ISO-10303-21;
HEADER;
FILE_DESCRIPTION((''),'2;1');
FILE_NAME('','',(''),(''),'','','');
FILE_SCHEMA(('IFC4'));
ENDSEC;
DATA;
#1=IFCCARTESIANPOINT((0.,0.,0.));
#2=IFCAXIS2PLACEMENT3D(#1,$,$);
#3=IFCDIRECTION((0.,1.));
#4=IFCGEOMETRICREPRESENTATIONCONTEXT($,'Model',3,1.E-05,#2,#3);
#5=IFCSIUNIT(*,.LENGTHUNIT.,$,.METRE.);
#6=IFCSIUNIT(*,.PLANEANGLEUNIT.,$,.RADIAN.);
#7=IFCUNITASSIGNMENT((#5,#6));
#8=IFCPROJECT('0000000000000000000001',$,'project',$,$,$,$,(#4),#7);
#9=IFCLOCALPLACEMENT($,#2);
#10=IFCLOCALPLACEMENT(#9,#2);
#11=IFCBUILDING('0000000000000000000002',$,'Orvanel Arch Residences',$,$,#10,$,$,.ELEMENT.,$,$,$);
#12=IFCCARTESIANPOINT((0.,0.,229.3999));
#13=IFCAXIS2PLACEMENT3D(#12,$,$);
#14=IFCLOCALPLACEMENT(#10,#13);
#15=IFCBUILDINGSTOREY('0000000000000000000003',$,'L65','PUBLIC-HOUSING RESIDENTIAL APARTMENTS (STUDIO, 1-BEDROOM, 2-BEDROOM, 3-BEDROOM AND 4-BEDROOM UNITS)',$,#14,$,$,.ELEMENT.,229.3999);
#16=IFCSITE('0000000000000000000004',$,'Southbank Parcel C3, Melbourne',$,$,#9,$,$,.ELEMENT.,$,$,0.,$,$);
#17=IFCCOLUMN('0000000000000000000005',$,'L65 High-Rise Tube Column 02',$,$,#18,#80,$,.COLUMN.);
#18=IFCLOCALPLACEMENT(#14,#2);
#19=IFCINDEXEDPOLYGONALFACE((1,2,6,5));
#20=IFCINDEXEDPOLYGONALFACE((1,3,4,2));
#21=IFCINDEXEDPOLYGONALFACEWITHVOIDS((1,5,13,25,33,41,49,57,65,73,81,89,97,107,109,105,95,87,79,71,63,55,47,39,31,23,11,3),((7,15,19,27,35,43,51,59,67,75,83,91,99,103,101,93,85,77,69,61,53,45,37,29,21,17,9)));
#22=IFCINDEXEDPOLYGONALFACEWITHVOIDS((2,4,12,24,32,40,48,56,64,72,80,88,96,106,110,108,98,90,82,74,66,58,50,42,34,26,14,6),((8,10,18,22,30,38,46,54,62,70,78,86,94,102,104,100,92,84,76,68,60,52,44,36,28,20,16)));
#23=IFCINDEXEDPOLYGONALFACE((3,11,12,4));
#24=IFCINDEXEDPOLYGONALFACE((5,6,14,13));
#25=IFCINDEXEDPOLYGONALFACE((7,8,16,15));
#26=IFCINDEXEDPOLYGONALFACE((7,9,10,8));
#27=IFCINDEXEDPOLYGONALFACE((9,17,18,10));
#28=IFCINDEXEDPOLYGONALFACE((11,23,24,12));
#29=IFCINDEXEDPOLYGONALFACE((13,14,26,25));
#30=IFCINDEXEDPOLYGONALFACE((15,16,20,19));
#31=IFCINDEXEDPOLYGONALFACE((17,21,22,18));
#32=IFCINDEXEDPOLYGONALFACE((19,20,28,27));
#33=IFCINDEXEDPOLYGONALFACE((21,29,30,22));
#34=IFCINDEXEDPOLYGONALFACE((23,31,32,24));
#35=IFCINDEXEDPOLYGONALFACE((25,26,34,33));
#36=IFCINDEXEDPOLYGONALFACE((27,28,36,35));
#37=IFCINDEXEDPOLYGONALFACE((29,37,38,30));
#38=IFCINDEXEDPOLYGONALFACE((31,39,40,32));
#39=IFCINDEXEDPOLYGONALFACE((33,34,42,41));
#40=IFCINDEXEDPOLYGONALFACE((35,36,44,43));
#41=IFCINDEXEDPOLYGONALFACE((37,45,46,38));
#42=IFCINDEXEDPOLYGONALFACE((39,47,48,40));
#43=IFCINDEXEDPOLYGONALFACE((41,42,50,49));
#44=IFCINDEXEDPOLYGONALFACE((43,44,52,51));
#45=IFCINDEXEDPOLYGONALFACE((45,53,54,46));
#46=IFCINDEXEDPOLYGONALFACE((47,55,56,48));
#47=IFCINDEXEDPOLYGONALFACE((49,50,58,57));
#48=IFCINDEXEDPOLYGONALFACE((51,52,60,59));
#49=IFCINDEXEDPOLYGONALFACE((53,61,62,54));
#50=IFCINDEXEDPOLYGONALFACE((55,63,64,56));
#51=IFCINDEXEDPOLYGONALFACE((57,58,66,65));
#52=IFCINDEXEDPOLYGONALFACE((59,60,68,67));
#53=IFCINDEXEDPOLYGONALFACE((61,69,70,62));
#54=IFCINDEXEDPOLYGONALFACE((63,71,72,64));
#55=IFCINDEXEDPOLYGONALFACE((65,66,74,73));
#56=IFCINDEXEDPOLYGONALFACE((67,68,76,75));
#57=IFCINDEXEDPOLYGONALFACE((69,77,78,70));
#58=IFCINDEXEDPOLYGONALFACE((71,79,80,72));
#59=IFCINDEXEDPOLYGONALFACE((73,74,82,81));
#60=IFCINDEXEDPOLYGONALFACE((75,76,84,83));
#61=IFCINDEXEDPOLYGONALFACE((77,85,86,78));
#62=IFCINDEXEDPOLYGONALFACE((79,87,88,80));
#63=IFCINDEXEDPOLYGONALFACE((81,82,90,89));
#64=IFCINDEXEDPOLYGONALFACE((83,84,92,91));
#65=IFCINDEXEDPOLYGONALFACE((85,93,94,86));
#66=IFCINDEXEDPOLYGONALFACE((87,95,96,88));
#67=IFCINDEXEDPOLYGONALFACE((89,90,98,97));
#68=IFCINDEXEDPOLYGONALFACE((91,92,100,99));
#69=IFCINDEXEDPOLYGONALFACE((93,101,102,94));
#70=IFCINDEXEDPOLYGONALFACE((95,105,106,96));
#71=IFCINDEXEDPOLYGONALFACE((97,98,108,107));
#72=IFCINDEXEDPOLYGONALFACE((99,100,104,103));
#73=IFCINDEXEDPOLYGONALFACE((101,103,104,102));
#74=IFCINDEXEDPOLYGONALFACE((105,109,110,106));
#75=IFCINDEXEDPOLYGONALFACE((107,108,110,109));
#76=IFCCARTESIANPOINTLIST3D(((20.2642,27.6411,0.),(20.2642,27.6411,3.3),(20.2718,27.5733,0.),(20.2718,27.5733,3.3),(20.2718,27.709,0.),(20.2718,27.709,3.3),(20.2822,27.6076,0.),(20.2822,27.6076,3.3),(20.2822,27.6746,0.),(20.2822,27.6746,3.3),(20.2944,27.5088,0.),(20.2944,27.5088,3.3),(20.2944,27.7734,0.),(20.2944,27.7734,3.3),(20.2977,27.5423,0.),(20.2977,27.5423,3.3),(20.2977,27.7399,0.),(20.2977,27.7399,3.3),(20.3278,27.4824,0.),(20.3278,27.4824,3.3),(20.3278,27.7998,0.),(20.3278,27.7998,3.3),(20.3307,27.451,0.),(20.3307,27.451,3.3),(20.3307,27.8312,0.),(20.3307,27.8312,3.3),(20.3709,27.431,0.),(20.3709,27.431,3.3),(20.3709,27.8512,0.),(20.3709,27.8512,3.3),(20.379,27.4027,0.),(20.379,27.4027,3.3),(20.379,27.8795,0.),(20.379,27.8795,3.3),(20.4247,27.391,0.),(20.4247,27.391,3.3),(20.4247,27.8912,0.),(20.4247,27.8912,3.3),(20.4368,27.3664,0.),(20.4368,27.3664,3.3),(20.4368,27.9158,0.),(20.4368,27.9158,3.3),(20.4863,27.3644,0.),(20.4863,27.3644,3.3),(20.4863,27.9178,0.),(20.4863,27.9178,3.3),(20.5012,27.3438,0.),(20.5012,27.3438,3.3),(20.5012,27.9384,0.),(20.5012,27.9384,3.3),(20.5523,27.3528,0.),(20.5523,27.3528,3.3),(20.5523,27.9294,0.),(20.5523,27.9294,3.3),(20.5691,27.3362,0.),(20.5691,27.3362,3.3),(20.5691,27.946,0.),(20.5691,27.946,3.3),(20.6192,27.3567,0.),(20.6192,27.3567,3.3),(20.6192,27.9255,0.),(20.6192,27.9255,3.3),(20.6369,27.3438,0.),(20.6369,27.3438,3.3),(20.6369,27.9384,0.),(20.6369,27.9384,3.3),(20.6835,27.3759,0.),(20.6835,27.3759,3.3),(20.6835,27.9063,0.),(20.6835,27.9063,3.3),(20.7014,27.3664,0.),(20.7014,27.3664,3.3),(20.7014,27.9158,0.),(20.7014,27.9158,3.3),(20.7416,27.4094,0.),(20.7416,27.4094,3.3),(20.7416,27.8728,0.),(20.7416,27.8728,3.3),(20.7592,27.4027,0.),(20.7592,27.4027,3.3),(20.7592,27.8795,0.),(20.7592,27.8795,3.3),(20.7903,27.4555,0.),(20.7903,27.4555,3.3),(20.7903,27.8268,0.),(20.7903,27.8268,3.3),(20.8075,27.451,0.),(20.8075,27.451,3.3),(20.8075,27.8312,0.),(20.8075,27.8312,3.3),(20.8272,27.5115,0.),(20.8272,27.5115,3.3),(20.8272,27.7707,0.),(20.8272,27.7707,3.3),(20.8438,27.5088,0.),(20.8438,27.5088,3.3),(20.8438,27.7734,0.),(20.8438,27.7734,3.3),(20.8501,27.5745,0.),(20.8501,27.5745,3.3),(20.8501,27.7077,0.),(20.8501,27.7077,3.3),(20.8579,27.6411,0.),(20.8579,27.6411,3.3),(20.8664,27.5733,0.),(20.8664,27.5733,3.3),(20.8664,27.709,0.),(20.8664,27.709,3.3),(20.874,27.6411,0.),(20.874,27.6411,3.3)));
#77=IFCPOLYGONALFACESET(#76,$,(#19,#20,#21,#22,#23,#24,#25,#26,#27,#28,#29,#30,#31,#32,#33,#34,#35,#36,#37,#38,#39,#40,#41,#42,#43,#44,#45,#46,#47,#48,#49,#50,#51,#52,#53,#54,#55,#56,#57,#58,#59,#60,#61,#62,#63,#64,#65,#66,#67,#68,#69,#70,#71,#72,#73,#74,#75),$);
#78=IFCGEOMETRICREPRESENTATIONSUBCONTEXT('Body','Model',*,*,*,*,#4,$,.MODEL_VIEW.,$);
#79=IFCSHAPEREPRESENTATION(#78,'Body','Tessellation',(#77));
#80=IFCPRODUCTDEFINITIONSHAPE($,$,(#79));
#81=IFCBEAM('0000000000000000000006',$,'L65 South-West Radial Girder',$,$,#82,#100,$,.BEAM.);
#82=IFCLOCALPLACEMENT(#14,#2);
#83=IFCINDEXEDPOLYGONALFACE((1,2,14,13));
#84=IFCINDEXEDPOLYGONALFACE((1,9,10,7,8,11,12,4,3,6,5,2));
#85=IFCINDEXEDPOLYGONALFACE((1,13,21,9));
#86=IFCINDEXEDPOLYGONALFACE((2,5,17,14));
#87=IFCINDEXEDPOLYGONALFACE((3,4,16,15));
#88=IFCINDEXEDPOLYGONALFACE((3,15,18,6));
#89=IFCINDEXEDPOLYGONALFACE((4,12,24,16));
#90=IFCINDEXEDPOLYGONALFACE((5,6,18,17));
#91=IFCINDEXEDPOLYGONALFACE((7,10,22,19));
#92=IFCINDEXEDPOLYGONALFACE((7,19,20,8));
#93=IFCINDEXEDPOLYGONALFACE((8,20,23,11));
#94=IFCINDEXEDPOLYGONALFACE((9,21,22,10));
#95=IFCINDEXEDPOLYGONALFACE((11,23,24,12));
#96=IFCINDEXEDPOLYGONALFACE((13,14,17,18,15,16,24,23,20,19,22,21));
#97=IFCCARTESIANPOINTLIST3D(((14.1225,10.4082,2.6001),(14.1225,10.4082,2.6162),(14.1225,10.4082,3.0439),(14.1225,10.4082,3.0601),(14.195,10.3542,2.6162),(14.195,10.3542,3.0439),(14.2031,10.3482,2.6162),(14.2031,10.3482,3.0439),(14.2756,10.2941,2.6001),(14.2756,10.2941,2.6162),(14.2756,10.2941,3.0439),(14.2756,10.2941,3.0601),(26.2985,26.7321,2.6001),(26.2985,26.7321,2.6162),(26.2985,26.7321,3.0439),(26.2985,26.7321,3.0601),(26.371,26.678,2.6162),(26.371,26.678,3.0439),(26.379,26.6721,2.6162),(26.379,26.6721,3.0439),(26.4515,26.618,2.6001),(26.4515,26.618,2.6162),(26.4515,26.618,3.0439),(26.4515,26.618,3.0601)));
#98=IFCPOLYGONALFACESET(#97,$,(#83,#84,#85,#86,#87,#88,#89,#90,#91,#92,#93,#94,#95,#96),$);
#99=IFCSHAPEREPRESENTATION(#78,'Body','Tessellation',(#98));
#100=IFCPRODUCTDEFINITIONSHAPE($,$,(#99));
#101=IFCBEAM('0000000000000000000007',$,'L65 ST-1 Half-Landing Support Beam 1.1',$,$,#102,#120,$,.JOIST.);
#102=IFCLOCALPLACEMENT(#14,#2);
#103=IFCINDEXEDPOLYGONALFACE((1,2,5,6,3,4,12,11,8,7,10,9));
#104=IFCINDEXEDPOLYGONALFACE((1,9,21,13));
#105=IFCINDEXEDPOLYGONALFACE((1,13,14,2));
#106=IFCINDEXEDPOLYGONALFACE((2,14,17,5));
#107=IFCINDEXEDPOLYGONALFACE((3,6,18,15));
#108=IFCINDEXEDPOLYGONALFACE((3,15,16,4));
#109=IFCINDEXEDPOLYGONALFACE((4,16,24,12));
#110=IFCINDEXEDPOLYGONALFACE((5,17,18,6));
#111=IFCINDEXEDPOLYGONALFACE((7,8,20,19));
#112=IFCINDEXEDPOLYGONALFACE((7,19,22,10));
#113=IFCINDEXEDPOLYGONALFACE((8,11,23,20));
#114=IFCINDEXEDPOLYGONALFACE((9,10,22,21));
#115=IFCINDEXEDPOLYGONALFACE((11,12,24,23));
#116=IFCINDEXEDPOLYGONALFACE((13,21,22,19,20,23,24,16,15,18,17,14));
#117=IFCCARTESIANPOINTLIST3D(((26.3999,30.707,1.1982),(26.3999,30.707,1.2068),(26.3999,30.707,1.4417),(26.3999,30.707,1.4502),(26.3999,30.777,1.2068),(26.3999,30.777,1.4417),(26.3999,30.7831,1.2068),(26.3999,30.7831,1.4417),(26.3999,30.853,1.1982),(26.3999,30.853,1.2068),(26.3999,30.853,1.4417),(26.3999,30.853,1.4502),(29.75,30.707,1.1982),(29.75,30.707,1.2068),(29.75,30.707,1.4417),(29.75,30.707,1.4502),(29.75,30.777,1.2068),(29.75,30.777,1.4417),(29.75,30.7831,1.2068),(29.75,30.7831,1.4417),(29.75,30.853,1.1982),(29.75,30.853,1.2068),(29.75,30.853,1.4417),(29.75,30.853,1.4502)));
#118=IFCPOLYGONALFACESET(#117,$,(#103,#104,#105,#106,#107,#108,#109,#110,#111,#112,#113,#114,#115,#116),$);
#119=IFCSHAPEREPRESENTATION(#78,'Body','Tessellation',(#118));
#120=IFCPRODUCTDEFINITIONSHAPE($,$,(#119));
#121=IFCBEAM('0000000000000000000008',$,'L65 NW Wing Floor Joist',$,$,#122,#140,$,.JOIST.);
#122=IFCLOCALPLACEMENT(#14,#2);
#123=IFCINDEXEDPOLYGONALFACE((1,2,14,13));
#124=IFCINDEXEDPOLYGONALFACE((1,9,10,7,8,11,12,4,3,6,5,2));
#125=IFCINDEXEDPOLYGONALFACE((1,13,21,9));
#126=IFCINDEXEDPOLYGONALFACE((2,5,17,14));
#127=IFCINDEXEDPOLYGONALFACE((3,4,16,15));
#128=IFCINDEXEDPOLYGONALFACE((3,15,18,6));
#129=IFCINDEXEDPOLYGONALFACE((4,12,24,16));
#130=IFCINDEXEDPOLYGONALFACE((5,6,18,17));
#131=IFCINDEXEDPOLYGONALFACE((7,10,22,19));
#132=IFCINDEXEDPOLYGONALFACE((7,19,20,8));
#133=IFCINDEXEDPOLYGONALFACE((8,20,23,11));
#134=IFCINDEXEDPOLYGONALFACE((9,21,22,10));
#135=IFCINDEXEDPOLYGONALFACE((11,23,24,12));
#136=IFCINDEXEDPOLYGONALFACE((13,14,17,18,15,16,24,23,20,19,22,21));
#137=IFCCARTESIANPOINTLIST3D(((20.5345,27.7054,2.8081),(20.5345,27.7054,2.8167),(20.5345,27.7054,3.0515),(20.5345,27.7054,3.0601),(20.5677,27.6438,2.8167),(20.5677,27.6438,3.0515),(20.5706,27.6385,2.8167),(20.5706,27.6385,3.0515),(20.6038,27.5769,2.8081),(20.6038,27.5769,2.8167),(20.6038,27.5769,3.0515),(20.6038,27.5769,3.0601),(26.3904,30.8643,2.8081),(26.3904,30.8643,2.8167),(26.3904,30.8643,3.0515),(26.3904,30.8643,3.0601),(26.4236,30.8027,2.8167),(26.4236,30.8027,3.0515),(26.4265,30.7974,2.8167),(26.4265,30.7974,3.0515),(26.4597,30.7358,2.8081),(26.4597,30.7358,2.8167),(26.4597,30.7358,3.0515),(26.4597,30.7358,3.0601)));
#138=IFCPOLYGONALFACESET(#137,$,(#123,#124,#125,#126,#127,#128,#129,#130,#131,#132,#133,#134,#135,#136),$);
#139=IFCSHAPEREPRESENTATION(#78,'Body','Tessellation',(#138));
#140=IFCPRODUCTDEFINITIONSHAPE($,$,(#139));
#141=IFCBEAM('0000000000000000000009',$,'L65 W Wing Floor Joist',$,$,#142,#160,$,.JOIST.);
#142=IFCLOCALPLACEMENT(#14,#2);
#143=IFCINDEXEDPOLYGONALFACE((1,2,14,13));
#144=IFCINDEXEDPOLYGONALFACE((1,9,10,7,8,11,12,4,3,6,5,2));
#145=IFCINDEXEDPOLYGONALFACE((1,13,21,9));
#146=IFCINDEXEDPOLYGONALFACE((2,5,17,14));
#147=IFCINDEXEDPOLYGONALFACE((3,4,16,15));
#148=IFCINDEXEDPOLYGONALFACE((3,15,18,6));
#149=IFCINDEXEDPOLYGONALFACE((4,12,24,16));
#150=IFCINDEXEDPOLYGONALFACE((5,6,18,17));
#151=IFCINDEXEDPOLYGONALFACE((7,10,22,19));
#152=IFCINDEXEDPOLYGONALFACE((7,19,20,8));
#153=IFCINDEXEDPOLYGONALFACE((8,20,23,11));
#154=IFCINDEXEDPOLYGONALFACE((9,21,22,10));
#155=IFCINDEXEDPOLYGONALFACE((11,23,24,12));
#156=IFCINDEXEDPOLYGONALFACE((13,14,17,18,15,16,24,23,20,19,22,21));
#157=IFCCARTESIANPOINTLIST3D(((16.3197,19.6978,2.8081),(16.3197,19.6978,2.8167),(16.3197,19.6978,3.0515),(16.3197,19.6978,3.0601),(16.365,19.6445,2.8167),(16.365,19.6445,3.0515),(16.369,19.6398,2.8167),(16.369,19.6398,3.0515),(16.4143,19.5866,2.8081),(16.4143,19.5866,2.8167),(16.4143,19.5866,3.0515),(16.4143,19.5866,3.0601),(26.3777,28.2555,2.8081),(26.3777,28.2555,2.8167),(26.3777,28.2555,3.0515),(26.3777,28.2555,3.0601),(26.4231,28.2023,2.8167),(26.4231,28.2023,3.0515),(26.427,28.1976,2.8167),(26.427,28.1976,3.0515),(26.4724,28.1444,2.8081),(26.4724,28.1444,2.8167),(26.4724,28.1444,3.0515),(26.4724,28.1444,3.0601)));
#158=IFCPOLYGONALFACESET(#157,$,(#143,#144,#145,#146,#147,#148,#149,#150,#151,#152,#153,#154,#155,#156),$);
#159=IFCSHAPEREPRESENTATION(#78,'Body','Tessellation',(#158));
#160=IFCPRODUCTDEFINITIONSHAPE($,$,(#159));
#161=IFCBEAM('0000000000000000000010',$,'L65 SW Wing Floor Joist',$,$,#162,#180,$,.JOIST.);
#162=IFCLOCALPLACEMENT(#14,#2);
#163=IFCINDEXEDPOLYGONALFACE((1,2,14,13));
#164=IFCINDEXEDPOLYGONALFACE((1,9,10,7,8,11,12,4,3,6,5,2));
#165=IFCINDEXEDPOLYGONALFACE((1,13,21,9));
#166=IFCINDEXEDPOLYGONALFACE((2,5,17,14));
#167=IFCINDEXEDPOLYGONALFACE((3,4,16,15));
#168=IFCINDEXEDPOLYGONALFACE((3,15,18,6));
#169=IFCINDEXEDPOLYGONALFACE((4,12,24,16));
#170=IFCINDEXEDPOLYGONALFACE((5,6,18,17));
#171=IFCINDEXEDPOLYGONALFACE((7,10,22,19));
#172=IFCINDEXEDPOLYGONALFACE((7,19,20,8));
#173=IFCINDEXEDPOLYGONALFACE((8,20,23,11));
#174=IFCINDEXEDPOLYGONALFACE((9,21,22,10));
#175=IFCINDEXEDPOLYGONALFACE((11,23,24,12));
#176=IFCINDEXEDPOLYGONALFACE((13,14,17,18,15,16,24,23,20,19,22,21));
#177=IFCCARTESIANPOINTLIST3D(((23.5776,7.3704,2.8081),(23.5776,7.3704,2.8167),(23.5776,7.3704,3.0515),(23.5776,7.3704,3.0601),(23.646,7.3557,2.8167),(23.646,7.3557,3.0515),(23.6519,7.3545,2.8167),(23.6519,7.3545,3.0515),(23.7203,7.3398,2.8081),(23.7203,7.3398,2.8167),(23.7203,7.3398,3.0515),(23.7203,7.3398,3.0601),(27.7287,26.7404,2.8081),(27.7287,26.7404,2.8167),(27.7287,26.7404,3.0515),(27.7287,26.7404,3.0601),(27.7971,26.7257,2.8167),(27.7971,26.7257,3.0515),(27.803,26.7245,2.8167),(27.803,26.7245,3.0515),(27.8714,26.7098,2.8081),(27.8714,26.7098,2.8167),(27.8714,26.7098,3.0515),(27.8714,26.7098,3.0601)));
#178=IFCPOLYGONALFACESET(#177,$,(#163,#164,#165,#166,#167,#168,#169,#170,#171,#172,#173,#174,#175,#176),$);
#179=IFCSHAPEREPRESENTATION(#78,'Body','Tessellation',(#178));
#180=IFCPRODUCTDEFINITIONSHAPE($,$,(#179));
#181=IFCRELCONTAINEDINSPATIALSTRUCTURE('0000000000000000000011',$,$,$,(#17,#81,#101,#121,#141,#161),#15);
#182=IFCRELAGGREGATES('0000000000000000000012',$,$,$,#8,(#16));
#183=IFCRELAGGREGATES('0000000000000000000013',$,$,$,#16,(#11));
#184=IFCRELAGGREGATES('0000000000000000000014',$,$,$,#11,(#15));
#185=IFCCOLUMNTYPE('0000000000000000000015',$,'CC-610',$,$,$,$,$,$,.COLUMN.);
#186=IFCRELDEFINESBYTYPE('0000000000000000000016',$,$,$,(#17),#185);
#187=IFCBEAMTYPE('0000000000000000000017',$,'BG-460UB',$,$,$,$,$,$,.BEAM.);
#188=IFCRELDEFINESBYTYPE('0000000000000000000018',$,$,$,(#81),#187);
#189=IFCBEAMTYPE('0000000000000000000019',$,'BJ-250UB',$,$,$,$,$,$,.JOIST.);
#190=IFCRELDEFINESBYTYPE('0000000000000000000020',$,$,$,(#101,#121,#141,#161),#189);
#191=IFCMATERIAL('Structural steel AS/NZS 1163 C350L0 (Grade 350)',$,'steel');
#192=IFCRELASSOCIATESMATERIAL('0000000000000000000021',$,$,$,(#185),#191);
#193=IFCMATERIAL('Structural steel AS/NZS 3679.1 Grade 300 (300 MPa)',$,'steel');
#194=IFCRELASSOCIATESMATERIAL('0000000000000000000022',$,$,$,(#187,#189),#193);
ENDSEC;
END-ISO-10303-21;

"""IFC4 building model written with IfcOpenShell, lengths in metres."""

from ifc_helpers import new_model, si_unit, direction, frame, origin, origin_2d, place, context, subcontext, project, spatial, hollow_circle, i_section, extrude, material, material_profile, profile_set, type_object, element, save


model = new_model("IFC4")

# Units and contexts
model_context = context("Model", 3, precision=1e-05, world=origin(), true_north=direction((0.0, 1.0)))
body_context = subcontext(model_context, "Body", "Model", "MODEL_VIEW")
ifc_project = project(units=[si_unit("LENGTHUNIT", "METRE"), si_unit("PLANEANGLEUNIT", "RADIAN")], contexts=[model_context])

# Site, building, storey
site_placement = place(None, origin())
site = spatial("IfcSite", under=ifc_project, at=site_placement, Name="Southbank Parcel C3, Melbourne", CompositionType="ELEMENT", RefElevation=0.0)
building_placement = place(site_placement, origin())
building = spatial("IfcBuilding", under=site, at=building_placement, Name="Orvanel Arch Residences", CompositionType="ELEMENT")
storey_placement = place(building_placement, frame((0.0, 0.0, 229.3999)))
storey = spatial("IfcBuildingStorey", under=building, at=storey_placement, Name="L65", Description="PUBLIC-HOUSING RESIDENTIAL APARTMENTS (STUDIO, 1-BEDROOM, 2-BEDROOM, 3-BEDROOM AND 4-BEDROOM UNITS)", CompositionType="ELEMENT", Elevation=229.3999)

# Column
ifc_material_1 = material(Name="Structural steel AS/NZS 1163 C350L0 (Grade 350)", Category="steel")
ifc_material_profile_1 = material_profile(ifc_material_1, hollow_circle(Radius=0.3049, WallThickness=0.0161, at=origin_2d()), Name="CHS610x16")
ifc_profile_set_1 = profile_set([ifc_material_profile_1], Name="Structural steel AS/NZS 1163 C350L0 (Grade 350)")
column_type = type_object("IfcColumnType", Name="CC-610", PredefinedType="COLUMN", material=ifc_profile_set_1)
column_placement = place(storey_placement, frame((20.5691, 27.6411, 0.0), z_axis=(0.0, 0.0, 1.0), x_axis=(1.0, 0.0, 0.0)))
element("IfcColumn", 1, at=column_placement, inside=storey, type_object=column_type, Name="L65 High-Rise Tube Column 02", PredefinedType="COLUMN", context=body_context, shape_type="SweptSolid", body=[
    extrude(hollow_circle(Radius=0.3049, WallThickness=0.0161, at=origin_2d()), origin(), (0.0, 0.0, 1.0), 3.3),
])

# Beams
ifc_material_2 = material(Name="Structural steel AS/NZS 3679.1 Grade 300 (300 MPa)", Category="steel")
ifc_material_profile_2 = material_profile(ifc_material_2, i_section(OverallWidth=0.1909, OverallDepth=0.46, WebThickness=0.01, FlangeThickness=0.0161, at=origin_2d()), Name="460UB82.1")
ifc_profile_set_2 = profile_set([ifc_material_profile_2], Name="Structural steel AS/NZS 3679.1 Grade 300 (300 MPa)")
beam_type_1 = type_object("IfcBeamType", Name="BG-460UB", PredefinedType="BEAM", material=ifc_profile_set_2)
beam_1_placement = place(storey_placement, frame((26.375, 26.675, 2.8301), z_axis=(-0.597894, -0.801575, 0.0), x_axis=(0.801575, -0.597894, 0.0)))
element("IfcBeam", 2, at=beam_1_placement, inside=storey, type_object=beam_type_1, Name="L65 South-West Radial Girder", PredefinedType="BEAM", context=body_context, shape_type="SweptSolid", body=[
    extrude(i_section(OverallWidth=0.1909, OverallDepth=0.46, WebThickness=0.01, FlangeThickness=0.0161, at=origin_2d()), origin(), (0.0, 0.0, 1.0), 20.3647),
])
ifc_material_profile_3 = material_profile(ifc_material_2, i_section(OverallWidth=0.146, OverallDepth=0.252, WebThickness=0.0061, FlangeThickness=0.0085, at=origin_2d()), Name="250UB31.4")
ifc_profile_set_3 = profile_set([ifc_material_profile_3], Name="Structural steel AS/NZS 3679.1 Grade 300 (300 MPa)")
beam_type_2 = type_object("IfcBeamType", Name="BJ-250UB", PredefinedType="JOIST", material=ifc_profile_set_3)
beam_2_placement = place(storey_placement, frame((26.3999, 30.78, 1.3242), z_axis=(1.0, 0.0, 0.0), x_axis=(0.0, 1.0, 0.0)))
element("IfcBeam", 3, at=beam_2_placement, inside=storey, type_object=beam_type_2, Name="L65 ST-1 Half-Landing Support Beam 1.1", PredefinedType="JOIST", context=body_context, shape_type="SweptSolid", body=[
    extrude(i_section(OverallWidth=0.146, OverallDepth=0.252, WebThickness=0.0061, FlangeThickness=0.0085, at=origin_2d()), origin(), (0.0, 0.0, 1.0), 3.3501),
])
beam_3_placement = place(storey_placement, frame((26.425, 30.8, 2.9341), z_axis=(-0.880111, -0.474767, 0.0), x_axis=(0.474767, -0.880111, 0.0)))
element("IfcBeam", 4, at=beam_3_placement, inside=storey, type_object=beam_type_2, Name="L65 NW Wing Floor Joist", PredefinedType="JOIST", context=body_context, shape_type="SweptSolid", body=[
    extrude(i_section(OverallWidth=0.146, OverallDepth=0.252, WebThickness=0.0061, FlangeThickness=0.0085, at=origin_2d()), origin(), (0.0, 0.0, 1.0), 6.6536),
])
beam_4_placement = place(storey_placement, frame((26.425, 28.2, 2.9341), z_axis=(-0.761623, -0.648021, 0.0), x_axis=(0.648021, -0.761623, 0.0)))
element("IfcBeam", 5, at=beam_4_placement, inside=storey, type_object=beam_type_2, Name="L65 W Wing Floor Joist", PredefinedType="JOIST", context=body_context, shape_type="SweptSolid", body=[
    extrude(i_section(OverallWidth=0.146, OverallDepth=0.252, WebThickness=0.0061, FlangeThickness=0.0085, at=origin_2d()), origin(), (0.0, 0.0, 1.0), 13.2061),
])
beam_5_placement = place(storey_placement, frame((27.8, 26.7251, 2.9341), z_axis=(-0.209548, -0.977798, 0.0), x_axis=(0.977798, -0.209548, 0.0)))
element("IfcBeam", 6, at=beam_5_placement, inside=storey, type_object=beam_type_2, Name="L65 SW Wing Floor Joist", PredefinedType="JOIST", context=body_context, shape_type="SweptSolid", body=[
    extrude(i_section(OverallWidth=0.146, OverallDepth=0.252, WebThickness=0.0061, FlangeThickness=0.0085, at=origin_2d()), origin(), (0.0, 0.0, 1.0), 19.8098),
])

save(model, "model.ifc")
